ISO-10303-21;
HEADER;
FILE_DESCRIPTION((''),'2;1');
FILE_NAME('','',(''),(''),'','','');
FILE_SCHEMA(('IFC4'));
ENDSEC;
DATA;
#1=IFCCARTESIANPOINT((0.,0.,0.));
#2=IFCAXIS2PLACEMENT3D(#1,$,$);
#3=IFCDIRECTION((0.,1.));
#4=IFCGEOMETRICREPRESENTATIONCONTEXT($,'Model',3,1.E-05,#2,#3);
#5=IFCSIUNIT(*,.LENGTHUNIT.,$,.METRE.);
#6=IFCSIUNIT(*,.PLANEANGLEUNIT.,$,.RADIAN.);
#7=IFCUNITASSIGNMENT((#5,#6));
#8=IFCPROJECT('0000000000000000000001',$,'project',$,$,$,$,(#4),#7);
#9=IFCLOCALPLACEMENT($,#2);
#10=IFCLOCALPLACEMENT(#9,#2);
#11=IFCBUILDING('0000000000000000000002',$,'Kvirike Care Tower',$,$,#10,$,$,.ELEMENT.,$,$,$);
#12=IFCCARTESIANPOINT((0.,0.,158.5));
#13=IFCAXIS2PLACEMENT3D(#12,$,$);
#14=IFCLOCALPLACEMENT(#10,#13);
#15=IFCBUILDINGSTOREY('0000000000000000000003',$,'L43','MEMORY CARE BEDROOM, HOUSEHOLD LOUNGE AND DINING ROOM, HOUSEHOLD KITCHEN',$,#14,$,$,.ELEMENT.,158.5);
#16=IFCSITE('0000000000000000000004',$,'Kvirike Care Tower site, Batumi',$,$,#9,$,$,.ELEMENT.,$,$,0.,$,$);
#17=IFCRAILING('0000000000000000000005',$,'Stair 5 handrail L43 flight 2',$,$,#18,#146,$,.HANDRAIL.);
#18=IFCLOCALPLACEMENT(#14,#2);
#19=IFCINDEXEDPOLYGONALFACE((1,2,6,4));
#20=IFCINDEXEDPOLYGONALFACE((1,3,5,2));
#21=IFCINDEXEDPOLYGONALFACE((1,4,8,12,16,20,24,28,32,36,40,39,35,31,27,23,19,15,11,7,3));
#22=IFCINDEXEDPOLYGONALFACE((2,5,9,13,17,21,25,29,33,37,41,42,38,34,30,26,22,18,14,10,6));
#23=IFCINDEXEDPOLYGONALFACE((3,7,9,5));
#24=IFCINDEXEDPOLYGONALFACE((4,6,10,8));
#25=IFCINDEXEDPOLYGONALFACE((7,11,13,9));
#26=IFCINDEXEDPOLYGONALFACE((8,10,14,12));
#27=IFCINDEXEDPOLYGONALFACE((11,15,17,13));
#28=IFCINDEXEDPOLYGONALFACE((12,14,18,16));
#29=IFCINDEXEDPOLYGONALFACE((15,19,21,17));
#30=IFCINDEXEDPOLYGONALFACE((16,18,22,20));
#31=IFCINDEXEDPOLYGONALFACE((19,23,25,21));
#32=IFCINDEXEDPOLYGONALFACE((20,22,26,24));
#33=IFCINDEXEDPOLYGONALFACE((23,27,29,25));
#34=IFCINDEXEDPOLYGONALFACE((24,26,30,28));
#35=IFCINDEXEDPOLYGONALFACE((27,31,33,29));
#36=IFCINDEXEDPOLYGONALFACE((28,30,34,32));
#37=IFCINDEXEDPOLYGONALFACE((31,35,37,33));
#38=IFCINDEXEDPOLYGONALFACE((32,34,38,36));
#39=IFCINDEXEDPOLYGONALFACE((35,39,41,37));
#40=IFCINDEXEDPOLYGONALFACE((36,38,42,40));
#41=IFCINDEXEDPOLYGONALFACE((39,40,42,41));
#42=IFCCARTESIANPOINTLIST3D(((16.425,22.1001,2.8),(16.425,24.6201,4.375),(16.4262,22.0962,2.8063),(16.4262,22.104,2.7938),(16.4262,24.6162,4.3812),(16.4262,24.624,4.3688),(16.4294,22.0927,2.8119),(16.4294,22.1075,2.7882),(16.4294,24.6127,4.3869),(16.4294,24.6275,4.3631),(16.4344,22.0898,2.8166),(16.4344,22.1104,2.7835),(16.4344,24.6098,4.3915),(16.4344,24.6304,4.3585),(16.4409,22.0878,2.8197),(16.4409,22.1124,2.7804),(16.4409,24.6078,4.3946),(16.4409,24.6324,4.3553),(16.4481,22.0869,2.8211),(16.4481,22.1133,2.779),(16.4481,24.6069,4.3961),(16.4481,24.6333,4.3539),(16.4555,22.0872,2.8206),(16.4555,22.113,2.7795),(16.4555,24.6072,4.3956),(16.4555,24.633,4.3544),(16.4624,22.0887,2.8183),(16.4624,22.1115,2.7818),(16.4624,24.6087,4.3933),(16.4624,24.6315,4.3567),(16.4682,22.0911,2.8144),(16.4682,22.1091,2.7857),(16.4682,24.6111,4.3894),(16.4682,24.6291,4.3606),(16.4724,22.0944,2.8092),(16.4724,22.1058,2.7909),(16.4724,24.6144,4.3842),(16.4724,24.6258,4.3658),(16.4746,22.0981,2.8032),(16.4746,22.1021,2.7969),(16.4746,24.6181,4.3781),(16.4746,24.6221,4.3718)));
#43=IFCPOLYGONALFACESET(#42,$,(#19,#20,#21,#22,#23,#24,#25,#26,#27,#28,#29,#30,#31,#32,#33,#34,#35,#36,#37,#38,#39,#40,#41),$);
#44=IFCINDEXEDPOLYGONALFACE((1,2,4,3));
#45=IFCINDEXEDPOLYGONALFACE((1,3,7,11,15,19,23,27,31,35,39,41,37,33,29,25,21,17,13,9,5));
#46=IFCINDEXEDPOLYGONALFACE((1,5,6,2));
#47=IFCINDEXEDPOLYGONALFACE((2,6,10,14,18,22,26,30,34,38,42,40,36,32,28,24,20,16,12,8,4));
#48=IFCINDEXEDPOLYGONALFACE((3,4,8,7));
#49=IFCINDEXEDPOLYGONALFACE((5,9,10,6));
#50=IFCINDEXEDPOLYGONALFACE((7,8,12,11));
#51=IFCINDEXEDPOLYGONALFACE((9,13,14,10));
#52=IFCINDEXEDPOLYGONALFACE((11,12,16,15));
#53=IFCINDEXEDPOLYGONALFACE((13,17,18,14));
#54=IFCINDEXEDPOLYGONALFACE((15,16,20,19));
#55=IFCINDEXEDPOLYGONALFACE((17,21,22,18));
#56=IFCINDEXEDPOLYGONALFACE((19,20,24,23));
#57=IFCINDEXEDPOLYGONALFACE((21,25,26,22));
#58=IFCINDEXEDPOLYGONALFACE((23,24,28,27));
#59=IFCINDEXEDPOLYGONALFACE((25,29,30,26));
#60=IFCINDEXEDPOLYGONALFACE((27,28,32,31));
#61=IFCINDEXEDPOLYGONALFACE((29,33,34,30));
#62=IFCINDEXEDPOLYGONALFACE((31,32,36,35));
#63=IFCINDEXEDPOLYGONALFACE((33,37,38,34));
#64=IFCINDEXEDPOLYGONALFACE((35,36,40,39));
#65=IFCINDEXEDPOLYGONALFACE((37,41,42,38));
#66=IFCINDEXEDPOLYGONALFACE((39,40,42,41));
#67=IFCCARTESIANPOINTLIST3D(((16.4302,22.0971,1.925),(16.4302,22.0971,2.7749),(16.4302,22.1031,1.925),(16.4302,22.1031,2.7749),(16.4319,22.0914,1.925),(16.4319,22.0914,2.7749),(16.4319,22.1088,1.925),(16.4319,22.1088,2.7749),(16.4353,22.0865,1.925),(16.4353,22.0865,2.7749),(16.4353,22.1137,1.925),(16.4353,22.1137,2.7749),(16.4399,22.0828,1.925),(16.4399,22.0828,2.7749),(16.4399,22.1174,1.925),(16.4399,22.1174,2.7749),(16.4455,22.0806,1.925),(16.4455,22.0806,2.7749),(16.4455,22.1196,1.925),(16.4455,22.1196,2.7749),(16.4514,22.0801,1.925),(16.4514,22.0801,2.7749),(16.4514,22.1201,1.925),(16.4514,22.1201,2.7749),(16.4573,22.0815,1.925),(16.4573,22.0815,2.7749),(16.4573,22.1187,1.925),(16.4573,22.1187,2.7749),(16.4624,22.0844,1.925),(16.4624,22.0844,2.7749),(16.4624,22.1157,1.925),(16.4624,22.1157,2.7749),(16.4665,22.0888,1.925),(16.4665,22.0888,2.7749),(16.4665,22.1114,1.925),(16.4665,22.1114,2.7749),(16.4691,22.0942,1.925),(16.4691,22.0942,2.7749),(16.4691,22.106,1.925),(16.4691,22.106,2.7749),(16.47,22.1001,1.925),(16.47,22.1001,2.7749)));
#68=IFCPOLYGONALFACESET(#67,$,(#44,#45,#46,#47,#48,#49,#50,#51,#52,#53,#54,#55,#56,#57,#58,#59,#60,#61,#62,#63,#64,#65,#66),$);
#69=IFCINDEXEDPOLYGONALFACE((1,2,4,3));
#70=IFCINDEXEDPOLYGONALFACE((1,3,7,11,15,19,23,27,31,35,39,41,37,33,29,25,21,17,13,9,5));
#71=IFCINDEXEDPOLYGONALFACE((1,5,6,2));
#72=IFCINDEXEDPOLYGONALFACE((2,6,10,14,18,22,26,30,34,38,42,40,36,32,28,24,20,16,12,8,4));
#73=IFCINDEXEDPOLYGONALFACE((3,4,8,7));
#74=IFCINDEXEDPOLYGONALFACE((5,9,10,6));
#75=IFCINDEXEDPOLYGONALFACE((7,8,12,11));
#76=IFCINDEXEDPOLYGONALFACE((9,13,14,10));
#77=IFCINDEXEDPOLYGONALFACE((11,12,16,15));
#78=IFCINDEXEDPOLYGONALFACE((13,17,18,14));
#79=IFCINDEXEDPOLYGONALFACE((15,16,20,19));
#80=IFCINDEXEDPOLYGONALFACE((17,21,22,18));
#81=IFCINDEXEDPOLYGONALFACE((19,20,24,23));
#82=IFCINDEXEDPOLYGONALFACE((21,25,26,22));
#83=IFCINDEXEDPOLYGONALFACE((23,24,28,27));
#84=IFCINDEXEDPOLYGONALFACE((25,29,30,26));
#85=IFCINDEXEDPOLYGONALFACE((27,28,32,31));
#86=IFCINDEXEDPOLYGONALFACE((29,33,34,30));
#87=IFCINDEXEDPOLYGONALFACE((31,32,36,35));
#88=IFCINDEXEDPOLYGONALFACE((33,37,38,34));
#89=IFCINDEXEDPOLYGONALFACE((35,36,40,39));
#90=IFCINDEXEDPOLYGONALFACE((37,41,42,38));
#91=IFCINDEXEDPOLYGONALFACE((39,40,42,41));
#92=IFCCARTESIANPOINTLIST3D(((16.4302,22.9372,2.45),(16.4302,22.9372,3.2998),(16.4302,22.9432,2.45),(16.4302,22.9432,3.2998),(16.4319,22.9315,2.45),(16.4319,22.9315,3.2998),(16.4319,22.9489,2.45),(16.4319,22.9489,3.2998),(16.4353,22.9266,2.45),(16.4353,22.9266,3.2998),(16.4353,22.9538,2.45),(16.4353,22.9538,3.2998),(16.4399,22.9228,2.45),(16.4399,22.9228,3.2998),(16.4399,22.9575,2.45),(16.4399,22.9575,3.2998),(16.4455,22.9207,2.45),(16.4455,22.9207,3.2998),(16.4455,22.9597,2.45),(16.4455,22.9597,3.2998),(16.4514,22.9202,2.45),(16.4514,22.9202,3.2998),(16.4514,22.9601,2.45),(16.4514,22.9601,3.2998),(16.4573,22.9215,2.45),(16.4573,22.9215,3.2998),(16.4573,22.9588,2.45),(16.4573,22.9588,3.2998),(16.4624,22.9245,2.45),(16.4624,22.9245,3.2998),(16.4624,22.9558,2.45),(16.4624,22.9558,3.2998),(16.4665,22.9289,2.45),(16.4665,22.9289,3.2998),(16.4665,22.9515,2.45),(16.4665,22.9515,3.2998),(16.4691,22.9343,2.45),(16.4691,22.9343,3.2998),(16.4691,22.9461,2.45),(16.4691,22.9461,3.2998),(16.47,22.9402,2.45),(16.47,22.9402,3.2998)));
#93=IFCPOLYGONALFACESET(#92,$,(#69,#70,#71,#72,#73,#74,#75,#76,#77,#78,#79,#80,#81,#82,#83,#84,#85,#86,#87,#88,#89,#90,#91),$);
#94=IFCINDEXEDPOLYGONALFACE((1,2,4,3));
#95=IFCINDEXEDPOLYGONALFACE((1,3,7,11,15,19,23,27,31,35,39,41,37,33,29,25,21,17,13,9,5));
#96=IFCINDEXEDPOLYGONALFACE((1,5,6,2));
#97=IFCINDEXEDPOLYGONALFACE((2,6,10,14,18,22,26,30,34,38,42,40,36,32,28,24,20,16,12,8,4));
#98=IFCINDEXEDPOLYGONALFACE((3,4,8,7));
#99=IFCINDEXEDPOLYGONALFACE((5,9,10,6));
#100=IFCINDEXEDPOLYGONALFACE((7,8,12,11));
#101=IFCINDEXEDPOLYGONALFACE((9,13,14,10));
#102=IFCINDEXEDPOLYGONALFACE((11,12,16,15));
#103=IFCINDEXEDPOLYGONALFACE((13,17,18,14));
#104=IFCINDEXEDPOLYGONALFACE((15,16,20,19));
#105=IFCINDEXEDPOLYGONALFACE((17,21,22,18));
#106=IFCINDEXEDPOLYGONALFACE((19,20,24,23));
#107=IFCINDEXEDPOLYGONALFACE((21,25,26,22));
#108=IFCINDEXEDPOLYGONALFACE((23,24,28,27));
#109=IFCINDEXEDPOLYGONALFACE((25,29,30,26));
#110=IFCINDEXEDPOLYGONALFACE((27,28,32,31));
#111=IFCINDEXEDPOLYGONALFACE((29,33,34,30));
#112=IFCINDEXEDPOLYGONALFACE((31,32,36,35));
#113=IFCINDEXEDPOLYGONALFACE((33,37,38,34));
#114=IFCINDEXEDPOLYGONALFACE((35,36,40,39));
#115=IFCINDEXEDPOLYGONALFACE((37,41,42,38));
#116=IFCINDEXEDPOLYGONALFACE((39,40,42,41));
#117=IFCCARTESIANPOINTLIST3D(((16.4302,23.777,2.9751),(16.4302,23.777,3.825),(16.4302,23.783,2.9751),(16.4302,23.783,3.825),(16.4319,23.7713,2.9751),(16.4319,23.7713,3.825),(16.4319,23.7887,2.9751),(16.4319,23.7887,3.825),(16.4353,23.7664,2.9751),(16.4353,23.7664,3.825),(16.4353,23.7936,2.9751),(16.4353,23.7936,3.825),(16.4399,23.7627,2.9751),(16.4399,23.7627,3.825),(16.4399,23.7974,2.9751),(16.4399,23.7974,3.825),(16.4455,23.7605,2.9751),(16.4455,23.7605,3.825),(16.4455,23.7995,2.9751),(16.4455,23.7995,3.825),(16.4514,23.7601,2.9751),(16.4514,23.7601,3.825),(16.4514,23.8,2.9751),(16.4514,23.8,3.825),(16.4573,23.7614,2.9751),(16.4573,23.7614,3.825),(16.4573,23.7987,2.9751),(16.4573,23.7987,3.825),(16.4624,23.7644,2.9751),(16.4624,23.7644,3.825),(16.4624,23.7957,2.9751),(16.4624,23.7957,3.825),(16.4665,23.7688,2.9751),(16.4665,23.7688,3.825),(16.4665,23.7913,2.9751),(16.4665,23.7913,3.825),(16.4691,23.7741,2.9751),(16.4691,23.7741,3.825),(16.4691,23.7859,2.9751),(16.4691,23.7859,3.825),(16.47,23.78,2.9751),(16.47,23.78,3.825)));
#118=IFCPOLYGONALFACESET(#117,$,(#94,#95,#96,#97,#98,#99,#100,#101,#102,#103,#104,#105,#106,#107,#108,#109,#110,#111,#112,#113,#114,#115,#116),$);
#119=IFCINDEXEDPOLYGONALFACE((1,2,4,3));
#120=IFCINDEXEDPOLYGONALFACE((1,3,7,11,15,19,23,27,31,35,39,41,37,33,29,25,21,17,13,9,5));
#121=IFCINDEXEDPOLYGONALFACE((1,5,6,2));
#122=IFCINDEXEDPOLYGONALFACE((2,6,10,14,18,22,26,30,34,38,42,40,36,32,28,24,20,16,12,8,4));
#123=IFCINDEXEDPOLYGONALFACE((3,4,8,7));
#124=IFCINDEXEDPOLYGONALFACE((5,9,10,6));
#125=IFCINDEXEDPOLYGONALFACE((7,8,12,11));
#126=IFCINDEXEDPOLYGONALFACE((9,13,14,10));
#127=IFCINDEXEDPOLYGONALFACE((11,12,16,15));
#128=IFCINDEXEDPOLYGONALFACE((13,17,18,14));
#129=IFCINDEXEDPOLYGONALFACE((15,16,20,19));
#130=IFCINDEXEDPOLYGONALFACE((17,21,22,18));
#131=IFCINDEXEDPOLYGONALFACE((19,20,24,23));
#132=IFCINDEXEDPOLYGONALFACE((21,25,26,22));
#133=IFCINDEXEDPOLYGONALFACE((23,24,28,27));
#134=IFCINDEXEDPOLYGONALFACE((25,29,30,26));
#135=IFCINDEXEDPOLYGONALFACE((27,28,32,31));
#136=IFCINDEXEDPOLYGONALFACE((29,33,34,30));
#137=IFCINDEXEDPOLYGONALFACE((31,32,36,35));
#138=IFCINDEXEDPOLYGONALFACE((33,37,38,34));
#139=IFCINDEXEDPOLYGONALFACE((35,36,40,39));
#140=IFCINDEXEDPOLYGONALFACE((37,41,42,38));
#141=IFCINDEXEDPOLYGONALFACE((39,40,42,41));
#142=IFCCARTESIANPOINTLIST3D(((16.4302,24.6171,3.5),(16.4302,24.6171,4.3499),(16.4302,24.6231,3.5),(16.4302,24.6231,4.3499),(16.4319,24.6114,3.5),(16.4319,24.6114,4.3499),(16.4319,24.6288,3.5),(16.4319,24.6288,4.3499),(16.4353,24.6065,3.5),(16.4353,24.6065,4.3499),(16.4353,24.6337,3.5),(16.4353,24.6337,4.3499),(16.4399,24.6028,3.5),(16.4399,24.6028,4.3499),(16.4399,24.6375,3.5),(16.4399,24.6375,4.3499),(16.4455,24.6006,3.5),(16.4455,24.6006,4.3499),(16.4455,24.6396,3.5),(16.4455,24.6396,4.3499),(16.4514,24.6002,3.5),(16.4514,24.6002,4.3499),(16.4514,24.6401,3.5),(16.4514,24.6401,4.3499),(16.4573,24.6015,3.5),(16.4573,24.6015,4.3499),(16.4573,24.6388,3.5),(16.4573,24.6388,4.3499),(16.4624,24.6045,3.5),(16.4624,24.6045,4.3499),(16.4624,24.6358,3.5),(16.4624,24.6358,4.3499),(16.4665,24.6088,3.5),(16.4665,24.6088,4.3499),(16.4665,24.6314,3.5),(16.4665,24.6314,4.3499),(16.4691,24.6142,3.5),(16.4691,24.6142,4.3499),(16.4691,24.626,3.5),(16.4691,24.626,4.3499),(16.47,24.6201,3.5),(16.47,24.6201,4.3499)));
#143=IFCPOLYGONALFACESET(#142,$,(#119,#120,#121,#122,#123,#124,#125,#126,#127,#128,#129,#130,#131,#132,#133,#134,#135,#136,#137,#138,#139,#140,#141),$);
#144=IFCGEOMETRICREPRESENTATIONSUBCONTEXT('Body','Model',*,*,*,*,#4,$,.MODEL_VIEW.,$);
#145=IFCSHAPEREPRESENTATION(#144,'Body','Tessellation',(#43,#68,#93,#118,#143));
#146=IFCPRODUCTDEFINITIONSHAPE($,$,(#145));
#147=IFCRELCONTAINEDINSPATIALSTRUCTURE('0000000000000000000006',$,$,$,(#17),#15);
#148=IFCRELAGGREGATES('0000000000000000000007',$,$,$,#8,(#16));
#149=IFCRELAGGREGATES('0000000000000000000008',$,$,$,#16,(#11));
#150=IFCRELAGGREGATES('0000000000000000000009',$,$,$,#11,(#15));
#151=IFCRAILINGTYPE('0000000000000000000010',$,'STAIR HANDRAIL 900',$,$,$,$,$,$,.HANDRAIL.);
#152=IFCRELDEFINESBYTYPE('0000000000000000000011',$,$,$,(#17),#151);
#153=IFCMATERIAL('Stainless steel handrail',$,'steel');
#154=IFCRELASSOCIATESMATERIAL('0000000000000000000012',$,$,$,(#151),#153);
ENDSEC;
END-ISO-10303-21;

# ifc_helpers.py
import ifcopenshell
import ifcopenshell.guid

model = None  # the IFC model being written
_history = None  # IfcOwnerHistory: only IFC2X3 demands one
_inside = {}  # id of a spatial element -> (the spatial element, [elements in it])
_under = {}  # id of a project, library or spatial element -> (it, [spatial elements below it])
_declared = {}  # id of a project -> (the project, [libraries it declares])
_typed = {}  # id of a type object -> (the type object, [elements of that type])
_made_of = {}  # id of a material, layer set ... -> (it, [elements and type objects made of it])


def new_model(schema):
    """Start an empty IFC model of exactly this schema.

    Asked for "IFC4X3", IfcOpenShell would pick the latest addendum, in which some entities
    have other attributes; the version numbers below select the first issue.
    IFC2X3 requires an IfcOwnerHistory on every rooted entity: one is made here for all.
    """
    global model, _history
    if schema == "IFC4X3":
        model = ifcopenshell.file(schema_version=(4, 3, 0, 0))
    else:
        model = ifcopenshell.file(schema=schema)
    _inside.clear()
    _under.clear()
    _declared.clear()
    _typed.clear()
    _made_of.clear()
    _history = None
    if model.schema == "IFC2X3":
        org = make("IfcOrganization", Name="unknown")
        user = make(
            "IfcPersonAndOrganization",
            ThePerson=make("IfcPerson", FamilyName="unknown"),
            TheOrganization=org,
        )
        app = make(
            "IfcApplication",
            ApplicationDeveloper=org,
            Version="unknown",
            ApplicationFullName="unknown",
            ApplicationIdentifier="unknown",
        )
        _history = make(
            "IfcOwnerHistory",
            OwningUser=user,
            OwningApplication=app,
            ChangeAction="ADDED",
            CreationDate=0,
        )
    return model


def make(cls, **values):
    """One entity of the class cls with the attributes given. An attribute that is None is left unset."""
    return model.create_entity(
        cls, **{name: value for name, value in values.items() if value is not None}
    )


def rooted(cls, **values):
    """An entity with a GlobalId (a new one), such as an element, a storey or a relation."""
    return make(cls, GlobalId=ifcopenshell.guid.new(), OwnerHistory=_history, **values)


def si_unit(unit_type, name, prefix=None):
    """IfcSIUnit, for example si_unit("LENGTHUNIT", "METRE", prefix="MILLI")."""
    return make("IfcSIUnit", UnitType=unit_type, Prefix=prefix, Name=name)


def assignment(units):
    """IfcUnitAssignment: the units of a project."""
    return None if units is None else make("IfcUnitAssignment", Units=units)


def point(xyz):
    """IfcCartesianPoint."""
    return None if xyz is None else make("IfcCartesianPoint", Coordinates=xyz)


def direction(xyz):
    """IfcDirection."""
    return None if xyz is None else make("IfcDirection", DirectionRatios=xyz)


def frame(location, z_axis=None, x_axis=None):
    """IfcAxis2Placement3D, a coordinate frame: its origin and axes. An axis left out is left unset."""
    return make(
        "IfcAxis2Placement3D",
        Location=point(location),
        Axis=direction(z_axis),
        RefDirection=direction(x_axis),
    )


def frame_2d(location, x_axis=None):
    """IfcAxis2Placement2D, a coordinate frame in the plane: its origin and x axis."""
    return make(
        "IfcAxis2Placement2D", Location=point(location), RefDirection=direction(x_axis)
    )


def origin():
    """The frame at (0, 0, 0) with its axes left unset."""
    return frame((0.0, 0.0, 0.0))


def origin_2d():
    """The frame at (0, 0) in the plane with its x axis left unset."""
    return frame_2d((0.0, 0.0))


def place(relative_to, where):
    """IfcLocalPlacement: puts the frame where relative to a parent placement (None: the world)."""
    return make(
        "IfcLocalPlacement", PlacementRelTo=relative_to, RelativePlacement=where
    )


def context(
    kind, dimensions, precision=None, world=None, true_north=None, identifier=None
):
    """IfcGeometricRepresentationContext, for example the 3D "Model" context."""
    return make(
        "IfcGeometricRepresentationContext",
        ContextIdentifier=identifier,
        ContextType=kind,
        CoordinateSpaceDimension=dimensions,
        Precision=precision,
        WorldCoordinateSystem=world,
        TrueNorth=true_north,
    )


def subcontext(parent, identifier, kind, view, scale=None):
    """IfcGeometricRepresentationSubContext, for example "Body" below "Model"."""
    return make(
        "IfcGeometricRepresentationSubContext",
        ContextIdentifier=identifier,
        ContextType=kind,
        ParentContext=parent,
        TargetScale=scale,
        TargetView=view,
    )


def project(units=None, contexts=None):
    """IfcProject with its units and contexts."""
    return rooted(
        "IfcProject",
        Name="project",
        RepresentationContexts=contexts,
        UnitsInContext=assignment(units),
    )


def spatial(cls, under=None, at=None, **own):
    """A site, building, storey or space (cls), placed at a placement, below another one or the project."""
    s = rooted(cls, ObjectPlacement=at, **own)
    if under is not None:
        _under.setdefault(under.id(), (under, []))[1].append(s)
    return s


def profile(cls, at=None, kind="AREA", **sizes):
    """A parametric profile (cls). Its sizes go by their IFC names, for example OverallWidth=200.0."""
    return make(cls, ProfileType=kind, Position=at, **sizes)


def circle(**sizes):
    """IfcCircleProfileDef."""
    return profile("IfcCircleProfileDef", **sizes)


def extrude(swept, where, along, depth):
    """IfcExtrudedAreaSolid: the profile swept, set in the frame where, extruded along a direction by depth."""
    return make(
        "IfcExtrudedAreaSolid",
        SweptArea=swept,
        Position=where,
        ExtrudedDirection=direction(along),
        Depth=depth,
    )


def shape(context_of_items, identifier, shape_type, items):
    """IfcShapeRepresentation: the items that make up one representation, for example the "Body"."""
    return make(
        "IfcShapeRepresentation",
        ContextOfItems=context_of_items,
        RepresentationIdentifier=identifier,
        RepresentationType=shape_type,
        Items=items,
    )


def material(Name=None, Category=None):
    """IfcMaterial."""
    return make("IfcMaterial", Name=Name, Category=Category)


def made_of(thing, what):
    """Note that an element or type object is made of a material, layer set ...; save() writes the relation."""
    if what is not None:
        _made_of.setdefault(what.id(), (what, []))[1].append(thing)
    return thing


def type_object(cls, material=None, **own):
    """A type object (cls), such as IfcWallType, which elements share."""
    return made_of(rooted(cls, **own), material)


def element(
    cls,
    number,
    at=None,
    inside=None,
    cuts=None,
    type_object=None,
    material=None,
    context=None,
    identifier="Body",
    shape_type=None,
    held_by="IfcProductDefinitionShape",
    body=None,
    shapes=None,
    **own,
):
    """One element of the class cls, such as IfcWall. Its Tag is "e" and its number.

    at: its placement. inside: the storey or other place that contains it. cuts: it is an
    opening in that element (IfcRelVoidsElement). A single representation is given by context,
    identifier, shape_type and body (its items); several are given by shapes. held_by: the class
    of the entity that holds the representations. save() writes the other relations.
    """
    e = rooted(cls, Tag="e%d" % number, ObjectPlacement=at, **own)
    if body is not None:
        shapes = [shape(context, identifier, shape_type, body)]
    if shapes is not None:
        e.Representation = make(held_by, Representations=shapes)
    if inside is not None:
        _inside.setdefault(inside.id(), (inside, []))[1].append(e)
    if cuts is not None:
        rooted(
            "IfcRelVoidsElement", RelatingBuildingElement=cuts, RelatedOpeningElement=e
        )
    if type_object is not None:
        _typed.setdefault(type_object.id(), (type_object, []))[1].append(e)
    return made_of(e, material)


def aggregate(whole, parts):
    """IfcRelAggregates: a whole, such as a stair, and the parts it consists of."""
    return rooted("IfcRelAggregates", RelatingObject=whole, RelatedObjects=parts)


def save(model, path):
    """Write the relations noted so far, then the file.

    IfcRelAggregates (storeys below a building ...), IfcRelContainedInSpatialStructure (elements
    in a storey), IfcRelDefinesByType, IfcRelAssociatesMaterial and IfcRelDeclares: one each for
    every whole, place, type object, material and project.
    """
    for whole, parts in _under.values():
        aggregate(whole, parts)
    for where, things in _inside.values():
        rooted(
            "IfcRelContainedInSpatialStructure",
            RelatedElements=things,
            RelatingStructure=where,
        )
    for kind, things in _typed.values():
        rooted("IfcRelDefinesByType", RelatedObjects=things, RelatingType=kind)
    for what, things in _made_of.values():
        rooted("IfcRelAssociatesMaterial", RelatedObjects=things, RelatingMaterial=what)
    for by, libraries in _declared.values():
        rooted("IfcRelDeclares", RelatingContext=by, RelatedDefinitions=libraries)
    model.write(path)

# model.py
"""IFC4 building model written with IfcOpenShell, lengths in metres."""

from ifc_helpers import new_model, si_unit, direction, frame, origin, origin_2d, place, context, subcontext, project, spatial, circle, extrude, material, type_object, element, save


model = new_model("IFC4")

# Units and contexts
model_context = context("Model", 3, precision=1e-05, world=origin(), true_north=direction((0.0, 1.0)))
body_context = subcontext(model_context, "Body", "Model", "MODEL_VIEW")
ifc_project = project(units=[si_unit("LENGTHUNIT", "METRE"), si_unit("PLANEANGLEUNIT", "RADIAN")], contexts=[model_context])

# Site, building, storey
site_placement = place(None, origin())
site = spatial("IfcSite", under=ifc_project, at=site_placement, Name="Kvirike Care Tower site, Batumi", CompositionType="ELEMENT", RefElevation=0.0)
building_placement = place(site_placement, origin())
building = spatial("IfcBuilding", under=site, at=building_placement, Name="Kvirike Care Tower", CompositionType="ELEMENT")
storey_placement = place(building_placement, frame((0.0, 0.0, 158.5)))
storey = spatial("IfcBuildingStorey", under=building, at=storey_placement, Name="L43", Description="MEMORY CARE BEDROOM, HOUSEHOLD LOUNGE AND DINING ROOM, HOUSEHOLD KITCHEN", CompositionType="ELEMENT", Elevation=158.5)

# Railing
ifc_material_1 = material(Name="Stainless steel handrail", Category="steel")
railing_type = type_object("IfcRailingType", Name="STAIR HANDRAIL 900", PredefinedType="HANDRAIL", material=ifc_material_1)
railing_placement = place(storey_placement, frame((16.45, 22.1001, 1.925)))
element("IfcRailing", 1, at=railing_placement, inside=storey, type_object=railing_type, Name="Stair 5 handrail L43 flight 2", PredefinedType="HANDRAIL", context=body_context, shape_type="SweptSolid", body=[
    extrude(circle(Radius=0.0249, at=origin_2d()), frame((0.0, 0.0, 0.875), z_axis=(0.0, 0.848008, 0.529984), x_axis=(-1.0, 0.0, 0.0)), (0.0, 0.0, 1.0), 2.9717),
    extrude(circle(Radius=0.02, at=origin_2d()), origin(), (0.0, 0.0, 1.0), 0.8499),
    extrude(circle(Radius=0.02, at=origin_2d()), frame((0.0, 0.8401, 0.5249)), (0.0, 0.0, 1.0), 0.8499),
    extrude(circle(Radius=0.02, at=origin_2d()), frame((0.0, 1.6799, 1.05)), (0.0, 0.0, 1.0), 0.8499),
    extrude(circle(Radius=0.02, at=origin_2d()), frame((0.0, 2.52, 1.575)), (0.0, 0.0, 1.0), 0.8499),
])

save(model, "model.ifc")
